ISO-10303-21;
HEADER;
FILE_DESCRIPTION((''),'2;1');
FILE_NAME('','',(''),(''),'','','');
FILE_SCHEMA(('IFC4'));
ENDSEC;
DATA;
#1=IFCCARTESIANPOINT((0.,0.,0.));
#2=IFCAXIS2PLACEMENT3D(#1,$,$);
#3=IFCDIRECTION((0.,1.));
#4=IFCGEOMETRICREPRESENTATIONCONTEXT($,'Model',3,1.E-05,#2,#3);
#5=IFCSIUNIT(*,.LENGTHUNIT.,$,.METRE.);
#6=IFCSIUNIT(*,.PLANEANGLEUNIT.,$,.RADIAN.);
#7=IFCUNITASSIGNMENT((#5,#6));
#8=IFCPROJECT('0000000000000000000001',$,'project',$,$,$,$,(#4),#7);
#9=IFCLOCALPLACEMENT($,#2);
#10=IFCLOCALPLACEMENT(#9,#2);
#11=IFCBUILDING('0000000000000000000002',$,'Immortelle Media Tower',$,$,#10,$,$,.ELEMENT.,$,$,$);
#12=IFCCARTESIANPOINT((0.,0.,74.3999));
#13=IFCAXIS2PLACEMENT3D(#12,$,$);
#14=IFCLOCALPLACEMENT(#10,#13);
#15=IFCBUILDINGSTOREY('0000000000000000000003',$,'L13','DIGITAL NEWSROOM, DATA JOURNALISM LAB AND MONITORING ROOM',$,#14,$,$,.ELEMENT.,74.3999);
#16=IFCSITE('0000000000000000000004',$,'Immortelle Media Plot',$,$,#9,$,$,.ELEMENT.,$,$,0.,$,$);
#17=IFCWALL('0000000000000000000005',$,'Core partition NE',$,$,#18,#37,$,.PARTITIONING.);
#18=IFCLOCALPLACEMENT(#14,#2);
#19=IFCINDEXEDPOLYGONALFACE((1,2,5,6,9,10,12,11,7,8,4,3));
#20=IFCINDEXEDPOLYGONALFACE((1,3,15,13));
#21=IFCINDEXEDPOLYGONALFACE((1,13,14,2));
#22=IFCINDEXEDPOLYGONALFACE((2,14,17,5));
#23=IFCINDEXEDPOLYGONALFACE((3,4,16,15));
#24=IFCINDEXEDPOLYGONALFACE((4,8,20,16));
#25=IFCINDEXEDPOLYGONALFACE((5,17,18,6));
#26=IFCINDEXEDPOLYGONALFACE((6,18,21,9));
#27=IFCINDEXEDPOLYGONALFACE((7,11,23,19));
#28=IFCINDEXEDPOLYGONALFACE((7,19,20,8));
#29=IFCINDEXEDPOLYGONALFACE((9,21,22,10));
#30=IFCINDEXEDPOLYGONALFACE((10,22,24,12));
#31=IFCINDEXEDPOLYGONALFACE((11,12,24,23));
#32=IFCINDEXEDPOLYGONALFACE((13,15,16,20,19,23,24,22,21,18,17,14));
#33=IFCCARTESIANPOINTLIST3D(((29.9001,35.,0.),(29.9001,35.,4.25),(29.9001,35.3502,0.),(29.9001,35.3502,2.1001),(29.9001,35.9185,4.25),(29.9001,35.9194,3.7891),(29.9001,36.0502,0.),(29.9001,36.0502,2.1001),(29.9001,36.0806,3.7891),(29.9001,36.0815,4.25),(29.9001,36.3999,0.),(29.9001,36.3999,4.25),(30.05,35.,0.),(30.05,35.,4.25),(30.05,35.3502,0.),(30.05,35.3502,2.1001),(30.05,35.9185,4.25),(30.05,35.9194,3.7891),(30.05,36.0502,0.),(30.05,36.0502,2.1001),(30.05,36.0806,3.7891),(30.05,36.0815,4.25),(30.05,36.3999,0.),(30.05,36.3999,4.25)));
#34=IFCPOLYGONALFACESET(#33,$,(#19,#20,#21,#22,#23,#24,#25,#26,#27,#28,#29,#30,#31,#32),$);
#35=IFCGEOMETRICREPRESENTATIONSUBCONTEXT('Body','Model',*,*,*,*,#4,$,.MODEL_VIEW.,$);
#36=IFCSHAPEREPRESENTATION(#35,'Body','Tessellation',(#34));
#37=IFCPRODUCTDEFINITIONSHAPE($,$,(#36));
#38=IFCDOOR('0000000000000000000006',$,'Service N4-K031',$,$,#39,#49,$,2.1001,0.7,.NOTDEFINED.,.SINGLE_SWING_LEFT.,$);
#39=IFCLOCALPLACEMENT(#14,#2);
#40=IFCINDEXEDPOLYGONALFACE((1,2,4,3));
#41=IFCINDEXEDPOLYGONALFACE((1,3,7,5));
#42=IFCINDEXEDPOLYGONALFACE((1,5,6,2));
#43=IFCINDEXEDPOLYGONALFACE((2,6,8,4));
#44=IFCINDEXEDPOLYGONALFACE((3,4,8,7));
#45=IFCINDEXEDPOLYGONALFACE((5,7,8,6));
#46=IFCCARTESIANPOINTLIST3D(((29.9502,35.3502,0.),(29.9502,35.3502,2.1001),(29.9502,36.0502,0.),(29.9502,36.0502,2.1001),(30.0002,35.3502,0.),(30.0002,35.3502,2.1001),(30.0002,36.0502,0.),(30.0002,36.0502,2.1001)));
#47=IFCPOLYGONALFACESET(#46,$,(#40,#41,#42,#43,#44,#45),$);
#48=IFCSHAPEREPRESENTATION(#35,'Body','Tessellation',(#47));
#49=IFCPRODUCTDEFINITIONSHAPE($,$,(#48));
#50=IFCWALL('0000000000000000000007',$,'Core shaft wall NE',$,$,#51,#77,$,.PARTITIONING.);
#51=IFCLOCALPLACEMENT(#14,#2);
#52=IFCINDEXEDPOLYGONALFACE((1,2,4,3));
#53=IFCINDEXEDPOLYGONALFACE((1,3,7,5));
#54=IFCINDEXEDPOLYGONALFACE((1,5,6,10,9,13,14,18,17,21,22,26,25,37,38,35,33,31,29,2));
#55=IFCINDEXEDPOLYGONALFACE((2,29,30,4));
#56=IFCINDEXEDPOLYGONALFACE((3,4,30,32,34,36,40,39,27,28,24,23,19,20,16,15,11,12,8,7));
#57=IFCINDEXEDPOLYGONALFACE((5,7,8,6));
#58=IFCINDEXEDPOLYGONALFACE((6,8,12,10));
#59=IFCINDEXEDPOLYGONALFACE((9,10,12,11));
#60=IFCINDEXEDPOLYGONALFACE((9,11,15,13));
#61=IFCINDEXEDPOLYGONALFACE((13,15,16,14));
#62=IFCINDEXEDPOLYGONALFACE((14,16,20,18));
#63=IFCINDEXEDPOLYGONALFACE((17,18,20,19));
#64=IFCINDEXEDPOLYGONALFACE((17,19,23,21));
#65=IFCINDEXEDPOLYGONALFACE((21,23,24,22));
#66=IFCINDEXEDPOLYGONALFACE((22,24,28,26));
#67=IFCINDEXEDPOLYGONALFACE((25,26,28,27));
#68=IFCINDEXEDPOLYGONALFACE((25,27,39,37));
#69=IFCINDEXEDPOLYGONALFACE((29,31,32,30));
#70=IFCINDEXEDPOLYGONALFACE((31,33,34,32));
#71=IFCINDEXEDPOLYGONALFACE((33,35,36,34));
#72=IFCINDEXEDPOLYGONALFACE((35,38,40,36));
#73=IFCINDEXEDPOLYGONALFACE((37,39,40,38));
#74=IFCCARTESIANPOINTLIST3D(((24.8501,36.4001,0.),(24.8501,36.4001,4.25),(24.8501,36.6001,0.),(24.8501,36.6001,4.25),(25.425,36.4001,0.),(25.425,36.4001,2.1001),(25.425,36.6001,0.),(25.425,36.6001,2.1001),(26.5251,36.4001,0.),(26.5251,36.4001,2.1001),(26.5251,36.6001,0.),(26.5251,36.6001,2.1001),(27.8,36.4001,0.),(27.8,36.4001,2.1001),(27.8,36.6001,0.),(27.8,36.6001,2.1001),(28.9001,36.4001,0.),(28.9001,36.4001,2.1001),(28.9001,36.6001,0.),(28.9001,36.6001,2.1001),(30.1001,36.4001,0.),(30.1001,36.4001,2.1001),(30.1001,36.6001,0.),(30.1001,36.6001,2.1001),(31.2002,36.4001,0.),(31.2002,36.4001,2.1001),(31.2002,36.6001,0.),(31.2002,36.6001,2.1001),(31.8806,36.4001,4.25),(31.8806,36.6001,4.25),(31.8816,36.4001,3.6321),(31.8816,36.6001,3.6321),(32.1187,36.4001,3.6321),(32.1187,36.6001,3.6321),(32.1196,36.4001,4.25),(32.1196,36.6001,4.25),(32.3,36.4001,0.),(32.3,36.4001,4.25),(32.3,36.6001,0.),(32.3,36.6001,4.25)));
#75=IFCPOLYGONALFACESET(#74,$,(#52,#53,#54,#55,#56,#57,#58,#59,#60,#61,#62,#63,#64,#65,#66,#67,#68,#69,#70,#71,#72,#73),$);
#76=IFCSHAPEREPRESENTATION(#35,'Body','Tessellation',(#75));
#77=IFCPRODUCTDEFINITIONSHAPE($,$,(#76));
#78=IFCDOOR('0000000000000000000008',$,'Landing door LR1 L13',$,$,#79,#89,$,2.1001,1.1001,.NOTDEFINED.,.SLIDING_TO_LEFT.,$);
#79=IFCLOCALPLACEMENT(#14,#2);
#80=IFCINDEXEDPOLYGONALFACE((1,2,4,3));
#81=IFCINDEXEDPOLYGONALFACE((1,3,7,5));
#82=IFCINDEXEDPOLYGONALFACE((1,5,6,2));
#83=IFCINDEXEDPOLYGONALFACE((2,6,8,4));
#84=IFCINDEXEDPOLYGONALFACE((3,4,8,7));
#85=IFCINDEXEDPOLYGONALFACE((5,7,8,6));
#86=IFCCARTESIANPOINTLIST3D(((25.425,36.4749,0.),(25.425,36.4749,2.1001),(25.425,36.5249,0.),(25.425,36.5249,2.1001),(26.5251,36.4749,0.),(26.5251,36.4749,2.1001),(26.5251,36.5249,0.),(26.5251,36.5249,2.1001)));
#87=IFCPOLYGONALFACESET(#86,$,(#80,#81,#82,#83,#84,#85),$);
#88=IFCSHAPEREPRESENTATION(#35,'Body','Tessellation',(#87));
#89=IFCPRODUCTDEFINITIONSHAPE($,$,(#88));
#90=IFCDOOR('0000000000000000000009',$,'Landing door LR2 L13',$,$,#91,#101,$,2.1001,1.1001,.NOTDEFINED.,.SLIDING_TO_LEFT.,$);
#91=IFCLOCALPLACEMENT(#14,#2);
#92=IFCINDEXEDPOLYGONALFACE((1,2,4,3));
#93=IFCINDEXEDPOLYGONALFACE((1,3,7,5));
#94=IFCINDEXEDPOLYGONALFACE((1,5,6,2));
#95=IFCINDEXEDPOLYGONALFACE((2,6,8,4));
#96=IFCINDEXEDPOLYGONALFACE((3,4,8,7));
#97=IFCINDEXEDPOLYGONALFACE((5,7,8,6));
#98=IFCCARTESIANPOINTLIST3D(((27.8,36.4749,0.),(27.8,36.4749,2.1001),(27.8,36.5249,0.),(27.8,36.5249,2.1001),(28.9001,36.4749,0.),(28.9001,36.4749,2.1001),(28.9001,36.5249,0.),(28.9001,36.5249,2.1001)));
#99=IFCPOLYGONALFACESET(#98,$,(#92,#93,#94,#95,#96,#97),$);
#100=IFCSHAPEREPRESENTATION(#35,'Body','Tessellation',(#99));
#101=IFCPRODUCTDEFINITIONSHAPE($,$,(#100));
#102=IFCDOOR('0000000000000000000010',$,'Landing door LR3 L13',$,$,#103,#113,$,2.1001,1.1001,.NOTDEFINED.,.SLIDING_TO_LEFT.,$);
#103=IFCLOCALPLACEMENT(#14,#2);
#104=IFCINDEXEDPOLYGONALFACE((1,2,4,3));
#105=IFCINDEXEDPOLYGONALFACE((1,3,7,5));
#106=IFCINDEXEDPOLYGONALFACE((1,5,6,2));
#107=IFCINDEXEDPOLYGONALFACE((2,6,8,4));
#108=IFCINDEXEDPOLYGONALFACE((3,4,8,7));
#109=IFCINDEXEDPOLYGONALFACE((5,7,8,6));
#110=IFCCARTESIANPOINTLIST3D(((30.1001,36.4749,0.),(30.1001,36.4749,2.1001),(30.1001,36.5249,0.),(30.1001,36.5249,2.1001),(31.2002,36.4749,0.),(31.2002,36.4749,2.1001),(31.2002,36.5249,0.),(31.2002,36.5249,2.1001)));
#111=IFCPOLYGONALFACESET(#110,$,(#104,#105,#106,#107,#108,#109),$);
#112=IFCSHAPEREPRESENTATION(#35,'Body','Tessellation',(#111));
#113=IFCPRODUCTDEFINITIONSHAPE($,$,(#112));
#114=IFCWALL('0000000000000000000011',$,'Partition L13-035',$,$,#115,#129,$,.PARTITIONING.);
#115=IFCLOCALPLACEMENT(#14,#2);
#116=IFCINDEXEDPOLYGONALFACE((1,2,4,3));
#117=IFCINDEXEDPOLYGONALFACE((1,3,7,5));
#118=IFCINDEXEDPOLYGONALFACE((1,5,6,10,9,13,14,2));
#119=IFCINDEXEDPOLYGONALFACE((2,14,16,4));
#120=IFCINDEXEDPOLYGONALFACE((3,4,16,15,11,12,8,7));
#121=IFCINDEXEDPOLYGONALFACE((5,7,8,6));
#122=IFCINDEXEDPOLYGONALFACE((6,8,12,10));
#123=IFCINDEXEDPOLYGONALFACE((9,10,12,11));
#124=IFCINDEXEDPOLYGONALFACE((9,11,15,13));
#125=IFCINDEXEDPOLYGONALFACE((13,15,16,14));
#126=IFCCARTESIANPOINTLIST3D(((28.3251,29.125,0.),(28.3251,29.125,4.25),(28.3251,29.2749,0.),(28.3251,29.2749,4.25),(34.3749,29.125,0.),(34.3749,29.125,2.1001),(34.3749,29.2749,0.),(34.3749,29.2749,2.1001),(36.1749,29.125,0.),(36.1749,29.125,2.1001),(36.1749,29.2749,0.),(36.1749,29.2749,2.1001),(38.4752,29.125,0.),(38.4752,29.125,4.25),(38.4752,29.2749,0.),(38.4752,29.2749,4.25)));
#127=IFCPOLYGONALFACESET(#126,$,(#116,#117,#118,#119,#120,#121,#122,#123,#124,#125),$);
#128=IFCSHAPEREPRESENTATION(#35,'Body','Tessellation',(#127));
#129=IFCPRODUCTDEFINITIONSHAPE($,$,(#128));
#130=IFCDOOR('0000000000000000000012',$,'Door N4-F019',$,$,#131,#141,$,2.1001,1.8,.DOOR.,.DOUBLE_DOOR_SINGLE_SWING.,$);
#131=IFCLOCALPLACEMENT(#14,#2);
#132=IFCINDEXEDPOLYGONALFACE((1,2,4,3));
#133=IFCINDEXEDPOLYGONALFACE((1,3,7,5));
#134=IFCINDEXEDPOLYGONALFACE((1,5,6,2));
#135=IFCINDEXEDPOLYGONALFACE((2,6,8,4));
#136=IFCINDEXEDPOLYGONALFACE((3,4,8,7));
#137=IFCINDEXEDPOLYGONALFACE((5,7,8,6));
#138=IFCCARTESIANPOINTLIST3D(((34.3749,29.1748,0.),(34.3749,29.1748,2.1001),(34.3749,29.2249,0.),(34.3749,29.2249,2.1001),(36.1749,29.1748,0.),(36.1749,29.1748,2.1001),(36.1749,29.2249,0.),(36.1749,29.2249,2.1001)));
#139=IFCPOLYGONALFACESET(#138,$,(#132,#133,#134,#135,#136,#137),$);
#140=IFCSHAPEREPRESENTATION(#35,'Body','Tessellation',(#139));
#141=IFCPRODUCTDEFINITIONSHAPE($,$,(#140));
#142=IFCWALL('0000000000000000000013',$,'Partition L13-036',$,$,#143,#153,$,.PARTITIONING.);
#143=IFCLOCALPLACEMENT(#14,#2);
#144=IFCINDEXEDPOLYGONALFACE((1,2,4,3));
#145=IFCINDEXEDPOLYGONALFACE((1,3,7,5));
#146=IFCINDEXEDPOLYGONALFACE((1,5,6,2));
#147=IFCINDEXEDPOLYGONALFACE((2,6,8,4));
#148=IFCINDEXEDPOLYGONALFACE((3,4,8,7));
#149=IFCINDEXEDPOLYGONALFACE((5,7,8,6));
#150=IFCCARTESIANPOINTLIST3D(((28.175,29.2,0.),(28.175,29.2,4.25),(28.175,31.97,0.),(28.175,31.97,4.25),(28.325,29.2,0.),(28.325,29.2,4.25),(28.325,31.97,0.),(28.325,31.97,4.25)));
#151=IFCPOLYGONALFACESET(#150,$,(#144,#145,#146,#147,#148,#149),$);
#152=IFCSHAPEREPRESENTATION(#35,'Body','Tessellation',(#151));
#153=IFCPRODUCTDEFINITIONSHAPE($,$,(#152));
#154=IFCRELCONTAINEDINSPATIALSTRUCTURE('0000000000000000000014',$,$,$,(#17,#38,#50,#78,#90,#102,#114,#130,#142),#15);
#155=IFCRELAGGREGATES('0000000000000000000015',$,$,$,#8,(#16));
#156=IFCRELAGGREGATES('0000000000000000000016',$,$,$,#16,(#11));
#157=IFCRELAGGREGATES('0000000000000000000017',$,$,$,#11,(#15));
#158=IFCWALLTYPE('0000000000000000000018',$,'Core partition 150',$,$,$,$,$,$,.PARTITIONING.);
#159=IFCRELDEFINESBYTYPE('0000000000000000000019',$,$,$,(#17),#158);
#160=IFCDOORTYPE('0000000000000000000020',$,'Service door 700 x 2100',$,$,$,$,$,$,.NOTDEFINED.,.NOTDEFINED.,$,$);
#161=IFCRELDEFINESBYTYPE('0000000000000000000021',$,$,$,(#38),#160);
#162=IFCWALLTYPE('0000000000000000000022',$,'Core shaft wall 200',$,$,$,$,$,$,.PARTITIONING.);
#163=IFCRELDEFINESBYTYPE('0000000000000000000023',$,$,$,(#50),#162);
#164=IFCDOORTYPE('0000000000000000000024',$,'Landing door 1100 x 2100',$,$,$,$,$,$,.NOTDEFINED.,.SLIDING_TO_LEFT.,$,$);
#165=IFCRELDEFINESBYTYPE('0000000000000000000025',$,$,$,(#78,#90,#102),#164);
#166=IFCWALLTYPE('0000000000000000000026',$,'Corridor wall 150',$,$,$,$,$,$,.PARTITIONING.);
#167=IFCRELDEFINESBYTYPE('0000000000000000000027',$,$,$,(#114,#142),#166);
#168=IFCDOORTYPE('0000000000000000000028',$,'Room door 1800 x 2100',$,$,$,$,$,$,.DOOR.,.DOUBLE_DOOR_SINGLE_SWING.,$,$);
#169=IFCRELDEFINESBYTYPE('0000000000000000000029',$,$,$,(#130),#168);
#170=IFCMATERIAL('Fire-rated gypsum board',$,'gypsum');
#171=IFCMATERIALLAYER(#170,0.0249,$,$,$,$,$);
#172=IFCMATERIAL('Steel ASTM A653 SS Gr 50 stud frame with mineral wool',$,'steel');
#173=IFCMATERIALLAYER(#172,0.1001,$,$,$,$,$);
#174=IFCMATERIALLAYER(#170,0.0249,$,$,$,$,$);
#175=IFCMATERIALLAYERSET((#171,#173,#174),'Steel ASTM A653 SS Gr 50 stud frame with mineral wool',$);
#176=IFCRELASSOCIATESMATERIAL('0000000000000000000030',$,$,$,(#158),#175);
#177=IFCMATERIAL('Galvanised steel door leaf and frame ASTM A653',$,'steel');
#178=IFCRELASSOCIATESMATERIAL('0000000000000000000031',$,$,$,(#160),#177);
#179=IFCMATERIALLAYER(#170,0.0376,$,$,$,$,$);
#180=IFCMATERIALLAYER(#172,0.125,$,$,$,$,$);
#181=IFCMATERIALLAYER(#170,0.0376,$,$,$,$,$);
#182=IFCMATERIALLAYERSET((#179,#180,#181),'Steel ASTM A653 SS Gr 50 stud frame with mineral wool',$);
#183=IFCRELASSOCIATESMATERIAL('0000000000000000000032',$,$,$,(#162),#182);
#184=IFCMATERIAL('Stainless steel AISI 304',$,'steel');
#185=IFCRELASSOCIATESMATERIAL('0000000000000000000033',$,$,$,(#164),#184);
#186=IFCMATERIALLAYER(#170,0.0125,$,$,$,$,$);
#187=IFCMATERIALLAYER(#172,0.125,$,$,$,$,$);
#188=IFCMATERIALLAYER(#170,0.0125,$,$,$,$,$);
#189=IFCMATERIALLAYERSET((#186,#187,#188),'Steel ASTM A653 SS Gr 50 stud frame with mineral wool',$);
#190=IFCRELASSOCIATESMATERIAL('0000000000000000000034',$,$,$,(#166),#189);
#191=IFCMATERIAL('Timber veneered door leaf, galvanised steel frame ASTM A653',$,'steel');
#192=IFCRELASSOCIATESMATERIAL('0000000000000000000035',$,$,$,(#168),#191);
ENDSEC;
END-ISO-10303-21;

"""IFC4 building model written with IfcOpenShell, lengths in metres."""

from ifc_helpers import new_model, si_unit, direction, frame, frame_2d, origin, place, context, subcontext, project, spatial, polyline, rectangle, outline, extrude, material, layer, layer_set, type_object, element, fill, save


model = new_model("IFC4")

# Units and contexts
model_context = context("Model", 3, precision=1e-05, world=origin(), true_north=direction((0.0, 1.0)))
body_context = subcontext(model_context, "Body", "Model", "MODEL_VIEW")
ifc_project = project(units=[si_unit("LENGTHUNIT", "METRE"), si_unit("PLANEANGLEUNIT", "RADIAN")], contexts=[model_context])

# Site, building, storey
site_placement = place(None, origin())
site = spatial("IfcSite", under=ifc_project, at=site_placement, Name="Immortelle Media Plot", CompositionType="ELEMENT", RefElevation=0.0)
building_placement = place(site_placement, origin())
building = spatial("IfcBuilding", under=site, at=building_placement, Name="Immortelle Media Tower", CompositionType="ELEMENT")
storey_placement = place(building_placement, frame((0.0, 0.0, 74.3999)))
storey = spatial("IfcBuildingStorey", under=building, at=storey_placement, Name="L13", Description="DIGITAL NEWSROOM, DATA JOURNALISM LAB AND MONITORING ROOM", CompositionType="ELEMENT", Elevation=74.3999)

# Shared definitions
ifc_material_1 = material(Name="Fire-rated gypsum board", Category="gypsum")
ifc_layer_1 = layer(ifc_material_1, 0.0249)
ifc_material_2 = material(Name="Steel ASTM A653 SS Gr 50 stud frame with mineral wool", Category="steel")
ifc_layer_2 = layer(ifc_material_2, 0.1001)
ifc_layer_3 = layer(ifc_material_1, 0.0249)
ifc_layer_set_1 = layer_set([ifc_layer_1, ifc_layer_2, ifc_layer_3], Name="Steel ASTM A653 SS Gr 50 stud frame with mineral wool")
wall_type_1 = type_object("IfcWallType", Name="Core partition 150", PredefinedType="PARTITIONING", material=ifc_layer_set_1)
ifc_material_3 = material(Name="Galvanised steel door leaf and frame ASTM A653", Category="steel")

# Wall, opening, door
wall_1_placement = place(storey_placement, frame((29.9751, 35.0, 0.0), z_axis=(0.0, 0.0, 1.0), x_axis=(0.0, 1.0, 0.0)))
wall_1 = element("IfcWall", 1, at=wall_1_placement, inside=storey, type_object=wall_type_1, Name="Core partition NE", PredefinedType="PARTITIONING", context=body_context, shape_type="SweptSolid", body=[
    extrude(outline(polyline([(0.0, 0.0), (1.3999, 0.0), (1.3999, 4.25), (1.0815, 4.25), (1.0806, 3.7891), (0.9194, 3.7891), (0.9185, 4.25), (0.0, 4.25), (0.0, 0.0)])), frame((0.0, 0.075, 0.0), z_axis=(0.0, -1.0, 0.0), x_axis=(1.0, 0.0, 0.0)), (0.0, 0.0, 1.0), 0.1499),
])
opening_1_placement = place(wall_1_placement, frame((0.3501, 0.0, 0.0)))
opening_1 = element("IfcOpeningElement", 2, at=opening_1_placement, cuts=wall_1, PredefinedType="OPENING", context=body_context, shape_type="SweptSolid", body=[
    extrude(rectangle(XDim=0.7, YDim=2.1001, at=frame_2d((0.3501, 1.05))), frame((0.0, 0.085, 0.0), z_axis=(0.0, -1.0, 0.0), x_axis=(1.0, 0.0, 0.0)), (0.0, 0.0, 1.0), 0.1699),
])
door_type_1 = type_object("IfcDoorType", Name="Service door 700 x 2100", OperationType="NOTDEFINED", PredefinedType="NOTDEFINED", material=ifc_material_3)
door_1_placement = place(opening_1_placement, origin())
door_1 = element("IfcDoor", 3, at=door_1_placement, inside=storey, type_object=door_type_1, Name="Service N4-K031", OperationType="SINGLE_SWING_LEFT", OverallHeight=2.1001, OverallWidth=0.7, PredefinedType="NOTDEFINED", context=body_context, shape_type="SweptSolid", body=[
    extrude(rectangle(XDim=0.7, YDim=2.1001, at=frame_2d((0.3501, 1.05))), frame((0.0, 0.0249, 0.0), z_axis=(0.0, -1.0, 0.0), x_axis=(1.0, 0.0, 0.0)), (0.0, 0.0, 1.0), 0.05),
])
fill(opening_1, door_1)

# Wall, openings, doors
ifc_layer_4 = layer(ifc_material_1, 0.0376)
ifc_layer_5 = layer(ifc_material_2, 0.125)
ifc_layer_6 = layer(ifc_material_1, 0.0376)
ifc_layer_set_2 = layer_set([ifc_layer_4, ifc_layer_5, ifc_layer_6], Name="Steel ASTM A653 SS Gr 50 stud frame with mineral wool")
wall_type_2 = type_object("IfcWallType", Name="Core shaft wall 200", PredefinedType="PARTITIONING", material=ifc_layer_set_2)
wall_2_placement = place(storey_placement, frame((24.8501, 36.5, 0.0), z_axis=(0.0, 0.0, 1.0), x_axis=(1.0, 0.0, 0.0)))
wall_2 = element("IfcWall", 4, at=wall_2_placement, inside=storey, type_object=wall_type_2, Name="Core shaft wall NE", PredefinedType="PARTITIONING", context=body_context, shape_type="SweptSolid", body=[
    extrude(outline(polyline([(0.0, 0.0), (7.45, 0.0), (7.45, 4.25), (7.2695, 4.25), (7.2686, 3.6321), (7.0315, 3.6321), (7.0305, 4.25), (0.0, 4.25), (0.0, 0.0)])), frame((0.0, 0.1001, 0.0), z_axis=(0.0, -1.0, 0.0), x_axis=(1.0, 0.0, 0.0)), (0.0, 0.0, 1.0), 0.2),
])
opening_2_placement = place(wall_2_placement, frame((0.575, 0.0, 0.0)))
opening_2 = element("IfcOpeningElement", 5, at=opening_2_placement, cuts=wall_2, PredefinedType="OPENING", context=body_context, shape_type="SweptSolid", body=[
    extrude(rectangle(XDim=1.1001, YDim=2.1001, at=frame_2d((0.55, 1.05))), frame((0.0, 0.1099, 0.0), z_axis=(0.0, -1.0, 0.0), x_axis=(1.0, 0.0, 0.0)), (0.0, 0.0, 1.0), 0.22),
])
opening_3_placement = place(wall_2_placement, frame((2.95, 0.0, 0.0)))
opening_3 = element("IfcOpeningElement", 6, at=opening_3_placement, cuts=wall_2, PredefinedType="OPENING", context=body_context, shape_type="SweptSolid", body=[
    extrude(rectangle(XDim=1.1001, YDim=2.1001, at=frame_2d((0.55, 1.05))), frame((0.0, 0.1099, 0.0), z_axis=(0.0, -1.0, 0.0), x_axis=(1.0, 0.0, 0.0)), (0.0, 0.0, 1.0), 0.22),
])
opening_4_placement = place(wall_2_placement, frame((5.25, 0.0, 0.0)))
opening_4 = element("IfcOpeningElement", 7, at=opening_4_placement, cuts=wall_2, PredefinedType="OPENING", context=body_context, shape_type="SweptSolid", body=[
    extrude(rectangle(XDim=1.1001, YDim=2.1001, at=frame_2d((0.55, 1.05))), frame((0.0, 0.1099, 0.0), z_axis=(0.0, -1.0, 0.0), x_axis=(1.0, 0.0, 0.0)), (0.0, 0.0, 1.0), 0.22),
])
ifc_material_4 = material(Name="Stainless steel AISI 304", Category="steel")
door_type_2 = type_object("IfcDoorType", Name="Landing door 1100 x 2100", OperationType="SLIDING_TO_LEFT", PredefinedType="NOTDEFINED", material=ifc_material_4)
door_2_placement = place(opening_2_placement, origin())
door_2 = element("IfcDoor", 8, at=door_2_placement, inside=storey, type_object=door_type_2, Name="Landing door LR1 L13", OperationType="SLIDING_TO_LEFT", OverallHeight=2.1001, OverallWidth=1.1001, PredefinedType="NOTDEFINED", context=body_context, shape_type="SweptSolid", body=[
    extrude(rectangle(XDim=1.1001, YDim=2.1001, at=frame_2d((0.55, 1.05))), frame((0.0, 0.0249, 0.0), z_axis=(0.0, -1.0, 0.0), x_axis=(1.0, 0.0, 0.0)), (0.0, 0.0, 1.0), 0.05),
])
fill(opening_2, door_2)
door_3_placement = place(opening_3_placement, origin())
door_3 = element("IfcDoor", 9, at=door_3_placement, inside=storey, type_object=door_type_2, Name="Landing door LR2 L13", OperationType="SLIDING_TO_LEFT", OverallHeight=2.1001, OverallWidth=1.1001, PredefinedType="NOTDEFINED", context=body_context, shape_type="SweptSolid", body=[
    extrude(rectangle(XDim=1.1001, YDim=2.1001, at=frame_2d((0.55, 1.05))), frame((0.0, 0.0249, 0.0), z_axis=(0.0, -1.0, 0.0), x_axis=(1.0, 0.0, 0.0)), (0.0, 0.0, 1.0), 0.05),
])
fill(opening_3, door_3)
door_4_placement = place(opening_4_placement, origin())
door_4 = element("IfcDoor", 10, at=door_4_placement, inside=storey, type_object=door_type_2, Name="Landing door LR3 L13", OperationType="SLIDING_TO_LEFT", OverallHeight=2.1001, OverallWidth=1.1001, PredefinedType="NOTDEFINED", context=body_context, shape_type="SweptSolid", body=[
    extrude(rectangle(XDim=1.1001, YDim=2.1001, at=frame_2d((0.55, 1.05))), frame((0.0, 0.0249, 0.0), z_axis=(0.0, -1.0, 0.0), x_axis=(1.0, 0.0, 0.0)), (0.0, 0.0, 1.0), 0.05),
])
fill(opening_4, door_4)

# Wall, opening, door
ifc_layer_7 = layer(ifc_material_1, 0.0125)
ifc_layer_8 = layer(ifc_material_2, 0.125)
ifc_layer_9 = layer(ifc_material_1, 0.0125)
ifc_layer_set_3 = layer_set([ifc_layer_7, ifc_layer_8, ifc_layer_9], Name="Steel ASTM A653 SS Gr 50 stud frame with mineral wool")
wall_type_3 = type_object("IfcWallType", Name="Corridor wall 150", PredefinedType="PARTITIONING", material=ifc_layer_set_3)
wall_3_placement = place(storey_placement, frame((28.325, 29.2, 0.0), z_axis=(0.0, 0.0, 1.0), x_axis=(1.0, 0.0, 0.0)))
wall_3 = element("IfcWall", 11, at=wall_3_placement, inside=storey, type_object=wall_type_3, Name="Partition L13-035", PredefinedType="PARTITIONING", context=body_context, shape_type="SweptSolid", body=[
    extrude(rectangle(XDim=10.1501, YDim=0.1499, at=frame_2d((5.0752, 0.0))), origin(), (0.0, 0.0, 1.0), 4.25),
])
opening_5_placement = place(wall_3_placement, frame((6.05, 0.0, 0.0)))
opening_5 = element("IfcOpeningElement", 12, at=opening_5_placement, cuts=wall_3, PredefinedType="OPENING", context=body_context, shape_type="SweptSolid", body=[
    extrude(rectangle(XDim=1.8, YDim=2.1001, at=frame_2d((0.8999, 1.05))), frame((0.0, 0.085, 0.0), z_axis=(0.0, -1.0, 0.0), x_axis=(1.0, 0.0, 0.0)), (0.0, 0.0, 1.0), 0.1699),
])
ifc_material_5 = material(Name="Timber veneered door leaf, galvanised steel frame ASTM A653", Category="steel")
door_type_3 = type_object("IfcDoorType", Name="Room door 1800 x 2100", OperationType="DOUBLE_DOOR_SINGLE_SWING", PredefinedType="DOOR", material=ifc_material_5)
door_5_placement = place(opening_5_placement, origin())
door_5 = element("IfcDoor", 13, at=door_5_placement, inside=storey, type_object=door_type_3, Name="Door N4-F019", OperationType="DOUBLE_DOOR_SINGLE_SWING", OverallHeight=2.1001, OverallWidth=1.8, PredefinedType="DOOR", context=body_context, shape_type="SweptSolid", body=[
    extrude(rectangle(XDim=1.8, YDim=2.1001, at=frame_2d((0.8999, 1.05))), frame((0.0, 0.0249, 0.0), z_axis=(0.0, -1.0, 0.0), x_axis=(1.0, 0.0, 0.0)), (0.0, 0.0, 1.0), 0.05),
])
fill(opening_5, door_5)

# Wall
wall_4_placement = place(storey_placement, frame((28.25, 29.2, 0.0), z_axis=(0.0, 0.0, 1.0), x_axis=(0.0, 1.0, 0.0)))
element("IfcWall", 14, at=wall_4_placement, inside=storey, type_object=wall_type_3, Name="Partition L13-036", PredefinedType="PARTITIONING", context=body_context, shape_type="SweptSolid", body=[
    extrude(rectangle(XDim=2.77, YDim=0.1499, at=frame_2d((1.385, 0.0))), origin(), (0.0, 0.0, 1.0), 4.25),
])

save(model, "model.ifc")
